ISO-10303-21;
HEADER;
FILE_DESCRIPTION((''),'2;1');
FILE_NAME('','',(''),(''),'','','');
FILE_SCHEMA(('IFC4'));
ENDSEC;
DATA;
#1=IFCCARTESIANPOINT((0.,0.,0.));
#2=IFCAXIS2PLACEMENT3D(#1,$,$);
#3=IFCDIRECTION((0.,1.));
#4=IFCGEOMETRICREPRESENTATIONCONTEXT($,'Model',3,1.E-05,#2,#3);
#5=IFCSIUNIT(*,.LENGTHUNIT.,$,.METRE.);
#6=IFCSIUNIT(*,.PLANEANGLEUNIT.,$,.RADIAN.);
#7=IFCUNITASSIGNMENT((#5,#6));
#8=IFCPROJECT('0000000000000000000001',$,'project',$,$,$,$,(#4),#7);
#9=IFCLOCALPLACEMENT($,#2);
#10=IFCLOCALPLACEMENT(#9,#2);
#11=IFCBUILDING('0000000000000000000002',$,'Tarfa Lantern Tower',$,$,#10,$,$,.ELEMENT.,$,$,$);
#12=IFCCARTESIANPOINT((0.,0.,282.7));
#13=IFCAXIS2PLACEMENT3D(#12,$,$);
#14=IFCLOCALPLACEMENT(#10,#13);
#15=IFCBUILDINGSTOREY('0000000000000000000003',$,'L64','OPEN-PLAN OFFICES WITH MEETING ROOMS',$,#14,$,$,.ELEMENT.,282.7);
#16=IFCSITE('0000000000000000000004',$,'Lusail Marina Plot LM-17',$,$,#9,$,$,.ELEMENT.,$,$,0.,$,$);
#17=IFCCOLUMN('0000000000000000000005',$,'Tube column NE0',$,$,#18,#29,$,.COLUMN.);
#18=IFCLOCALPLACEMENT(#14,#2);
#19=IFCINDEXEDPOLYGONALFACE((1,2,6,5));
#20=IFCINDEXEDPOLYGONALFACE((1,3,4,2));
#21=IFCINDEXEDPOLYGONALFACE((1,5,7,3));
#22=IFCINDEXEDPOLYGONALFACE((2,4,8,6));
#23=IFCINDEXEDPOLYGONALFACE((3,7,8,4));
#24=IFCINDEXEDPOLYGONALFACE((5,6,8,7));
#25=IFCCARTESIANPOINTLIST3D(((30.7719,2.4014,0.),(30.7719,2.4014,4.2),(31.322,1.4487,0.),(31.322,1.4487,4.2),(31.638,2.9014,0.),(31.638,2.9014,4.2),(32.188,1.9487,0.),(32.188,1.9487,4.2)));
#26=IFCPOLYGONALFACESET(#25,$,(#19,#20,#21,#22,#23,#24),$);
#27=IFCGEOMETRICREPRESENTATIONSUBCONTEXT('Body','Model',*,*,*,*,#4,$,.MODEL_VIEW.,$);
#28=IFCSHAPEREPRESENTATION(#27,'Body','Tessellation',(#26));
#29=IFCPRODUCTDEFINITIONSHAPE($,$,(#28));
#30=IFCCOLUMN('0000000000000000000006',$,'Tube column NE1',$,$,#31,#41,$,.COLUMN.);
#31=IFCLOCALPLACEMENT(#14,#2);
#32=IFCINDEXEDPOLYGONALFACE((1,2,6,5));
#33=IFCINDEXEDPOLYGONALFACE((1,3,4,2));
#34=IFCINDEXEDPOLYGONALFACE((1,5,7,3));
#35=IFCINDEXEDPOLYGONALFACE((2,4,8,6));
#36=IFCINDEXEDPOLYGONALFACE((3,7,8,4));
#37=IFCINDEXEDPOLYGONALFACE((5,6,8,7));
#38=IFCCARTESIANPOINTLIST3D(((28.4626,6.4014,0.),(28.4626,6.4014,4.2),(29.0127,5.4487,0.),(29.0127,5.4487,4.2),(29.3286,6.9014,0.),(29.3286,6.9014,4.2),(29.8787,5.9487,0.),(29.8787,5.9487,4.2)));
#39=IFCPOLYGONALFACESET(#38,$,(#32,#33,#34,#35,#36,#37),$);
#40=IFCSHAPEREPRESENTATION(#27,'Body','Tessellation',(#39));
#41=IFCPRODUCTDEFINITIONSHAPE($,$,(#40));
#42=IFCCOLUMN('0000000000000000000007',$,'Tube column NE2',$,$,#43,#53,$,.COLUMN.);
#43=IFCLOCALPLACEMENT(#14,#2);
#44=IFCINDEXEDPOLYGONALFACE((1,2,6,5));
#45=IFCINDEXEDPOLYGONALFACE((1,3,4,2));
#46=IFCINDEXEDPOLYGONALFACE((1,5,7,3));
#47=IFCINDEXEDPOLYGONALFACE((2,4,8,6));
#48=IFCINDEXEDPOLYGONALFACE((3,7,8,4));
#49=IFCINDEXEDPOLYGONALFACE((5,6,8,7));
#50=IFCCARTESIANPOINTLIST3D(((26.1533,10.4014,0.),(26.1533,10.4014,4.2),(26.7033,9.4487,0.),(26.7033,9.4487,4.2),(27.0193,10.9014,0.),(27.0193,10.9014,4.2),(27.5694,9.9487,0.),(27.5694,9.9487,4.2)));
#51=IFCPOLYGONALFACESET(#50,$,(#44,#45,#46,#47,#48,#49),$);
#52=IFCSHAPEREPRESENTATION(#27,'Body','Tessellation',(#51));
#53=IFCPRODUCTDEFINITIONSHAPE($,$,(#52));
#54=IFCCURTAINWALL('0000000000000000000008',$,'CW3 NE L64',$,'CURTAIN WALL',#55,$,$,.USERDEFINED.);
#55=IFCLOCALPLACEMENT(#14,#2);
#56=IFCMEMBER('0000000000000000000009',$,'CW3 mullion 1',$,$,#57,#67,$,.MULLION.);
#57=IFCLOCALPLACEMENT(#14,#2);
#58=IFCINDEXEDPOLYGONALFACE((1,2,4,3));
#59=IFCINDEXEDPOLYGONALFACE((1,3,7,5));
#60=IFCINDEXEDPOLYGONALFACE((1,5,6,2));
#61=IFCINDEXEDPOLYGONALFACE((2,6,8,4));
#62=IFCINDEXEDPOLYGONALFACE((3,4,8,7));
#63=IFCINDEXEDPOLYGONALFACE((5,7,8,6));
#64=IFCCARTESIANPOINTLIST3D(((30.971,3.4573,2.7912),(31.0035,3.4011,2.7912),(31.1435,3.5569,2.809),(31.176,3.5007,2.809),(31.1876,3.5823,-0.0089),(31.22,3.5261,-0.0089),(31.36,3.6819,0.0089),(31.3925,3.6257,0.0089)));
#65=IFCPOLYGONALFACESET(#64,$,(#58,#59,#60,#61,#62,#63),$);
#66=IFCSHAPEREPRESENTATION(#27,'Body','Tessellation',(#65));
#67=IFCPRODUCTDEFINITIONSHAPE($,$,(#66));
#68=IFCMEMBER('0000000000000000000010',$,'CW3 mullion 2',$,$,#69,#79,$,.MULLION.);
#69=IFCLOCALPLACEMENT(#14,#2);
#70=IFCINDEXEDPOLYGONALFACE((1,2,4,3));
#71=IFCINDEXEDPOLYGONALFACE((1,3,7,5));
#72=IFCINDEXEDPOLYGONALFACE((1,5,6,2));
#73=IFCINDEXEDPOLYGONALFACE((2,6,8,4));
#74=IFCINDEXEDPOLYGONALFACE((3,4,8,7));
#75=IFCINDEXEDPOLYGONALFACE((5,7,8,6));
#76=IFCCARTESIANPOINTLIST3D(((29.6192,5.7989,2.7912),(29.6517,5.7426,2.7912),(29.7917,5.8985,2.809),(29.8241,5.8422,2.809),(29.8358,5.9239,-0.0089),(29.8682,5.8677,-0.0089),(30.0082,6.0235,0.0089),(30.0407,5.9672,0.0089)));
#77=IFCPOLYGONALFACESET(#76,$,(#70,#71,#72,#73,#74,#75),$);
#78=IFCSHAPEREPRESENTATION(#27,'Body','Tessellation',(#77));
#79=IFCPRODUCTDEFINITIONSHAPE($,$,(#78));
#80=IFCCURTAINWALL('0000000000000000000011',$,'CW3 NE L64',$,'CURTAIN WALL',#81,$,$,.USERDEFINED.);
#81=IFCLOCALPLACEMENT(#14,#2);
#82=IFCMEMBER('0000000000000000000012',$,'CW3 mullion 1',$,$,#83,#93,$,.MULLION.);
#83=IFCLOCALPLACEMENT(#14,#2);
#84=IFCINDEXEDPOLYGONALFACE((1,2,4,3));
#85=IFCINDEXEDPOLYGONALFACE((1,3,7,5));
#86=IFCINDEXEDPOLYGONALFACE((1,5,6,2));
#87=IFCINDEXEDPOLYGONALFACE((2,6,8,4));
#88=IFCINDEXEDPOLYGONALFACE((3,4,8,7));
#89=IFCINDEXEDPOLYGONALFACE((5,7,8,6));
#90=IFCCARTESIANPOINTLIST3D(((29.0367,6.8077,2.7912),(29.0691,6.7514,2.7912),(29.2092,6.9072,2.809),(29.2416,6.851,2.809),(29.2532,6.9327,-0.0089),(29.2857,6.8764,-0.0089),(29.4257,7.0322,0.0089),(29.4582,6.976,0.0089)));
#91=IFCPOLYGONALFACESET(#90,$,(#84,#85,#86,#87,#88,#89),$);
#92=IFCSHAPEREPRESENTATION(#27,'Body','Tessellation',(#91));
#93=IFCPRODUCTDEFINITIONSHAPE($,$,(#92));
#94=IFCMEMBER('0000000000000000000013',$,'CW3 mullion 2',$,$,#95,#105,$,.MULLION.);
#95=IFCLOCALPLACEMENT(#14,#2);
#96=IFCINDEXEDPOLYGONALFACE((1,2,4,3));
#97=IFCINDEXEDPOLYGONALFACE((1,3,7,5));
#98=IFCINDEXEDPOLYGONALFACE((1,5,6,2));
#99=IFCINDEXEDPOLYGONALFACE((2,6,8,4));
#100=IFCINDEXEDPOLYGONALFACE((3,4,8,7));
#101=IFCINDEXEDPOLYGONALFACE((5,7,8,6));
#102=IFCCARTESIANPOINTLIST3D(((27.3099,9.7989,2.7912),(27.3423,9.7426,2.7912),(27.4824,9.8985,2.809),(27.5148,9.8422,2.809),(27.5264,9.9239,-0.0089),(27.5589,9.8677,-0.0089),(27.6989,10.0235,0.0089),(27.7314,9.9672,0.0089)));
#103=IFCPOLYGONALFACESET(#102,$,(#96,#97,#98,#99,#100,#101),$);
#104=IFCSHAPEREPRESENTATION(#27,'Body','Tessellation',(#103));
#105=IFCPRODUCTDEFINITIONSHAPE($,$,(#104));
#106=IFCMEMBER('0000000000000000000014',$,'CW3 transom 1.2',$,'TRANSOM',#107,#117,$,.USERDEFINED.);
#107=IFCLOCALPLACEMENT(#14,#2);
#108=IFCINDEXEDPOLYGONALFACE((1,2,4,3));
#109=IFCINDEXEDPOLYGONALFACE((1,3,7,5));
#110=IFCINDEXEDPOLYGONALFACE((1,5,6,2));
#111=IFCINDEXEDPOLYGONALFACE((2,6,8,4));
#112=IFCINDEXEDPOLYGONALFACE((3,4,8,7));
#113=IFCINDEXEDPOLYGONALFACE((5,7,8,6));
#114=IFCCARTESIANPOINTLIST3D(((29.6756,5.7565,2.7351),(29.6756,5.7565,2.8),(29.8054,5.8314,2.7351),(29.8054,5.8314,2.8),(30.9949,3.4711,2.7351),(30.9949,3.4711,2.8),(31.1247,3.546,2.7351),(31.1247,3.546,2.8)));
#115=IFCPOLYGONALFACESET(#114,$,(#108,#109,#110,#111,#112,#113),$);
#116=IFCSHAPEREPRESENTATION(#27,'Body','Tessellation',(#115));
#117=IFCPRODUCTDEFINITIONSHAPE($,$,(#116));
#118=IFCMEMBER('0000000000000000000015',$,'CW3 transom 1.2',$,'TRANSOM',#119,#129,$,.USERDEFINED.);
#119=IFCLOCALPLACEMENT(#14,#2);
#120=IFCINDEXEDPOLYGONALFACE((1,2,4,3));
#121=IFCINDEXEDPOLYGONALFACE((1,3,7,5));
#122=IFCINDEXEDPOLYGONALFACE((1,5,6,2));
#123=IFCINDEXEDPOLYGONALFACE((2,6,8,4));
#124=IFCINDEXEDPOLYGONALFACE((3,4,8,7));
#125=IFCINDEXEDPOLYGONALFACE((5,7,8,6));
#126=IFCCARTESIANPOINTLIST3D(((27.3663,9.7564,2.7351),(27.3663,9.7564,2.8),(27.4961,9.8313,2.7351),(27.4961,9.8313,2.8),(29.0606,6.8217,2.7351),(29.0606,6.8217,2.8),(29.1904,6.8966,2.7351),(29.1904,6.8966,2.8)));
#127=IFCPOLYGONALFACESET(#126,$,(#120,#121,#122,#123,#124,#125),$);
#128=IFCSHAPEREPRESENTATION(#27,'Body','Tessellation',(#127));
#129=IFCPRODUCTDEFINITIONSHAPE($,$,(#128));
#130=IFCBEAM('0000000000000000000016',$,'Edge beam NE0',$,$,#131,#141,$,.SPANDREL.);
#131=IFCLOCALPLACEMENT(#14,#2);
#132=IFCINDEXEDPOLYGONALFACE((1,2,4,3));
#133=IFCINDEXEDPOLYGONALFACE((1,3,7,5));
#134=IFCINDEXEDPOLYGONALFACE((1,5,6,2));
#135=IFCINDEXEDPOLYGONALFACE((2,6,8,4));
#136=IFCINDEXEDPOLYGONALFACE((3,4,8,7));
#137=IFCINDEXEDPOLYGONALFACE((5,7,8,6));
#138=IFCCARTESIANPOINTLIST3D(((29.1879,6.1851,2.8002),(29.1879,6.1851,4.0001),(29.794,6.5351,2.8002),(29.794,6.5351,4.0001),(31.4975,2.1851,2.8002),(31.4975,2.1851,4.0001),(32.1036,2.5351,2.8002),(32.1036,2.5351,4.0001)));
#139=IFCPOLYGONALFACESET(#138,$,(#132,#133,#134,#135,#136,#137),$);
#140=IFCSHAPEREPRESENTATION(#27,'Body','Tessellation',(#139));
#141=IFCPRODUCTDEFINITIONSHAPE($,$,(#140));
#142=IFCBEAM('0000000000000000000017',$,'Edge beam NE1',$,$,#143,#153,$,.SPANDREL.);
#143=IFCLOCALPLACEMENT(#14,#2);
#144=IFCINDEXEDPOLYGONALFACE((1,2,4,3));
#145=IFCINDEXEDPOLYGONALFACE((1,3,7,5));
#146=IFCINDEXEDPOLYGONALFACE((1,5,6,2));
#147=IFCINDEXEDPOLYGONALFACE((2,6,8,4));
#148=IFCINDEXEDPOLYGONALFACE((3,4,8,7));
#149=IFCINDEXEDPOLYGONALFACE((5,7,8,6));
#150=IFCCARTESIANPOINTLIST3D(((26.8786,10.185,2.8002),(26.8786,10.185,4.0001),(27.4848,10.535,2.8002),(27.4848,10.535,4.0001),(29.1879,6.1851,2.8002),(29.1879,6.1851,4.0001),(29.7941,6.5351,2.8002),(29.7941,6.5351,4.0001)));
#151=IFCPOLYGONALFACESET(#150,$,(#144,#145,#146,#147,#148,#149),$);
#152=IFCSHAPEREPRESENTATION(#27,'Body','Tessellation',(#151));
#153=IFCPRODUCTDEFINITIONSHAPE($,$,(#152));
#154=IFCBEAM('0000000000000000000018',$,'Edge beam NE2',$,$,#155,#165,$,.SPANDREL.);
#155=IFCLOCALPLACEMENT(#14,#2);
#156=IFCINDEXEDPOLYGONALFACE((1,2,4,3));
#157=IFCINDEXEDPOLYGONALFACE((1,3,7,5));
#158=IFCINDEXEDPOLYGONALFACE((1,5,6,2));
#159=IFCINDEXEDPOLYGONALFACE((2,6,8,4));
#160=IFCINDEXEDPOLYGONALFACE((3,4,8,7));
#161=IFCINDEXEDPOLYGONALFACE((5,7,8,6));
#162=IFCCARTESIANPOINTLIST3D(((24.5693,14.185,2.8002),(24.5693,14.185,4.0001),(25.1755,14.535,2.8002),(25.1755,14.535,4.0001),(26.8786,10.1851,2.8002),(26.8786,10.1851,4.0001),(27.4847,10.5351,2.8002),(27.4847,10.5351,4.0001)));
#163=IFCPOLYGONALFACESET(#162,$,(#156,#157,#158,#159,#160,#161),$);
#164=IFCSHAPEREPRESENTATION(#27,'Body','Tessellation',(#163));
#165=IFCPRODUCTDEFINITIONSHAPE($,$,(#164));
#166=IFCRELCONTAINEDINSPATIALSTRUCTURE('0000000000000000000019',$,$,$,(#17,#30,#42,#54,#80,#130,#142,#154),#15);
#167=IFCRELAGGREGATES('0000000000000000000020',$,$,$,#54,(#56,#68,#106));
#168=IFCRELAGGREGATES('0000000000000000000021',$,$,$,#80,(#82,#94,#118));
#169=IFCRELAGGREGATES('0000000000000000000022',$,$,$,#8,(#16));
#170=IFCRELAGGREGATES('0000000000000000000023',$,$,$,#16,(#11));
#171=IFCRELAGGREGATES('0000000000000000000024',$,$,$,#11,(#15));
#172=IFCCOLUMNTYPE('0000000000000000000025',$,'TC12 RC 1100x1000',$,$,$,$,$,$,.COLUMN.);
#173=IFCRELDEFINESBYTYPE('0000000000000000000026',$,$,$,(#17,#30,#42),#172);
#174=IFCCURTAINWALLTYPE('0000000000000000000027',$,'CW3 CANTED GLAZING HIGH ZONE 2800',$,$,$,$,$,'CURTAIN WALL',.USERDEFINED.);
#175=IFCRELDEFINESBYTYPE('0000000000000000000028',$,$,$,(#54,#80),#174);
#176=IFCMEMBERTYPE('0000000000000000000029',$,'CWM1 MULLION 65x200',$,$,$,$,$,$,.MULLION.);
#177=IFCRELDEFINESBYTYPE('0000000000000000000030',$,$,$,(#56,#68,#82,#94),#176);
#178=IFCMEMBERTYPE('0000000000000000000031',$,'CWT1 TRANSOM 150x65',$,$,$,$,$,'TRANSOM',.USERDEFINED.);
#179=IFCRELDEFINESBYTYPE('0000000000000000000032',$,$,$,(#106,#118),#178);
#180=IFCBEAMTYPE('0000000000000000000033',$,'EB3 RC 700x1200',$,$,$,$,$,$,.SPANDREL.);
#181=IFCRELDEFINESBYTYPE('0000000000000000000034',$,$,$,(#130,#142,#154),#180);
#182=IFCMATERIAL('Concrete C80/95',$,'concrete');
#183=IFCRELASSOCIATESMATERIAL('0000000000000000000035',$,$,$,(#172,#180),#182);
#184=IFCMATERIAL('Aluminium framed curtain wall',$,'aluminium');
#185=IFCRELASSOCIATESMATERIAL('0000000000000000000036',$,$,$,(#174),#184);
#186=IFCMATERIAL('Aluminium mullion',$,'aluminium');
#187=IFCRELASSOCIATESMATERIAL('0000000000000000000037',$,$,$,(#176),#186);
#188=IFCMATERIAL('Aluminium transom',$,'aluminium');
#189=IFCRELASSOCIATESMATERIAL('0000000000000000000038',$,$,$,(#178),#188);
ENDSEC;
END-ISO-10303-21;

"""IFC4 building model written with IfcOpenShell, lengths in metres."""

from ifc_helpers import new_model, si_unit, direction, frame, origin, origin_2d, place, context, subcontext, project, spatial, rectangle, extrude, material, material_profile, profile_set, type_object, element, aggregate, save


model = new_model("IFC4")

# Units and contexts
model_context = context("Model", 3, precision=1e-05, world=origin(), true_north=direction((0.0, 1.0)))
body_context = subcontext(model_context, "Body", "Model", "MODEL_VIEW")
ifc_project = project(units=[si_unit("LENGTHUNIT", "METRE"), si_unit("PLANEANGLEUNIT", "RADIAN")], contexts=[model_context])

# Site, building, storey
site_placement = place(None, origin())
site = spatial("IfcSite", under=ifc_project, at=site_placement, Name="Lusail Marina Plot LM-17", CompositionType="ELEMENT", RefElevation=0.0)
building_placement = place(site_placement, origin())
building = spatial("IfcBuilding", under=site, at=building_placement, Name="Tarfa Lantern Tower", CompositionType="ELEMENT")
storey_placement = place(building_placement, frame((0.0, 0.0, 282.7)))
storey = spatial("IfcBuildingStorey", under=building, at=storey_placement, Name="L64", Description="OPEN-PLAN OFFICES WITH MEETING ROOMS", CompositionType="ELEMENT", Elevation=282.7)

# Columns
ifc_material_1 = material(Name="Concrete C80/95", Category="concrete")
ifc_material_profile_1 = material_profile(ifc_material_1, rectangle(XDim=1.1001, YDim=1.0, at=origin_2d()), Name="RC 1100x1000")
ifc_profile_set_1 = profile_set([ifc_material_profile_1], Name="Concrete C80/95")
column_type = type_object("IfcColumnType", Name="TC12 RC 1100x1000", PredefinedType="COLUMN", material=ifc_profile_set_1)
for number, where, z_axis, x_axis, name in (
    (1, (31.48, 2.175, 0.0), (0.0, 0.0, 1.0), (-0.5, 0.866025, 0.0), "Tube column NE0"),
    (2, (29.1707, 6.175, 0.0), (0.0, 0.0, 1.0), (-0.5, 0.866025, 0.0), "Tube column NE1"),
    (3, (26.8613, 10.175, 0.0), (0.0, 0.0, 1.0), (-0.5, 0.866025, 0.0), "Tube column NE2"),
):
    element("IfcColumn", number, at=place(storey_placement, frame(where, z_axis=z_axis, x_axis=x_axis)), inside=storey, type_object=column_type, Name=name, PredefinedType="COLUMN", context=body_context, shape_type="SweptSolid", body=[
        extrude(rectangle(XDim=1.1001, YDim=1.0, at=origin_2d()), origin(), (0.0, 0.0, 1.0), 4.2),
    ])

# Curtain walls, members
ifc_material_2 = material(Name="Aluminium framed curtain wall", Category="aluminium")
curtain_wall_type = type_object("IfcCurtainWallType", Name="CW3 CANTED GLAZING HIGH ZONE 2800", ElementType="CURTAIN WALL", PredefinedType="USERDEFINED", material=ifc_material_2)
curtain_wall_1_placement = place(storey_placement, origin())
curtain_wall_1 = element("IfcCurtainWall", 4, at=curtain_wall_1_placement, inside=storey, type_object=curtain_wall_type, Name="CW3 NE L64", ObjectType="CURTAIN WALL", PredefinedType="USERDEFINED")
ifc_material_3 = material(Name="Aluminium mullion", Category="aluminium")
ifc_material_profile_2 = material_profile(ifc_material_3, rectangle(XDim=0.0649, YDim=0.2, at=origin_2d()), Name="AL MULLION 65x200")
ifc_profile_set_2 = profile_set([ifc_material_profile_2], Name="Aluminium mullion")
member_type_1 = type_object("IfcMemberType", Name="CWM1 MULLION 65x200", PredefinedType="MULLION", material=ifc_profile_set_2)
member_1_placement = place(storey_placement, frame((31.29, 3.604, 0.0), z_axis=(-0.077032, -0.044465, 0.996037), x_axis=(0.49992, -0.866072, 0.0)))
member_1 = element("IfcMember", 5, at=member_1_placement, type_object=member_type_1, Name="CW3 mullion 1", PredefinedType="MULLION", context=body_context, shape_type="SweptSolid", body=[
    extrude(rectangle(XDim=0.0649, YDim=0.2, at=origin_2d()), origin(), (0.0, 0.0, 1.0), 2.8113),
])
member_2_placement = place(storey_placement, frame((29.9382, 5.9456, 0.0), z_axis=(-0.077032, -0.044465, 0.996037), x_axis=(0.49992, -0.866072, 0.0)))
member_2 = element("IfcMember", 6, at=member_2_placement, type_object=member_type_1, Name="CW3 mullion 2", PredefinedType="MULLION", context=body_context, shape_type="SweptSolid", body=[
    extrude(rectangle(XDim=0.0649, YDim=0.2, at=origin_2d()), origin(), (0.0, 0.0, 1.0), 2.8113),
])
curtain_wall_2_placement = place(storey_placement, origin())
curtain_wall_2 = element("IfcCurtainWall", 7, at=curtain_wall_2_placement, inside=storey, type_object=curtain_wall_type, Name="CW3 NE L64", ObjectType="CURTAIN WALL", PredefinedType="USERDEFINED")
member_3_placement = place(storey_placement, frame((29.3557, 6.9543, 0.0), z_axis=(-0.077032, -0.044465, 0.996037), x_axis=(0.49992, -0.866072, 0.0)))
member_3 = element("IfcMember", 8, at=member_3_placement, type_object=member_type_1, Name="CW3 mullion 1", PredefinedType="MULLION", context=body_context, shape_type="SweptSolid", body=[
    extrude(rectangle(XDim=0.0649, YDim=0.2, at=origin_2d()), origin(), (0.0, 0.0, 1.0), 2.8113),
])
member_4_placement = place(storey_placement, frame((27.6289, 9.9456, 0.0), z_axis=(-0.077032, -0.044465, 0.996037), x_axis=(0.49992, -0.866072, 0.0)))
member_4 = element("IfcMember", 9, at=member_4_placement, type_object=member_type_1, Name="CW3 mullion 2", PredefinedType="MULLION", context=body_context, shape_type="SweptSolid", body=[
    extrude(rectangle(XDim=0.0649, YDim=0.2, at=origin_2d()), origin(), (0.0, 0.0, 1.0), 2.8113),
])

# Members
ifc_material_4 = material(Name="Aluminium transom", Category="aluminium")
ifc_material_profile_3 = material_profile(ifc_material_4, rectangle(XDim=0.1499, YDim=0.0649, at=origin_2d()), Name="AL TRANSOM 150x65")
ifc_profile_set_3 = profile_set([ifc_material_profile_3], Name="Aluminium transom")
member_type_2 = type_object("IfcMemberType", Name="CWT1 TRANSOM 150x65", ElementType="TRANSOM", PredefinedType="USERDEFINED", material=ifc_profile_set_3)
member_5_placement = place(storey_placement, frame((31.0598, 3.5085, 2.7676), z_axis=(-0.49996, 0.866048, 0.0), x_axis=(-0.866048, -0.49996, 0.0)))
member_5 = element("IfcMember", 10, at=member_5_placement, type_object=member_type_2, Name="CW3 transom 1.2", ObjectType="TRANSOM", PredefinedType="USERDEFINED", context=body_context, shape_type="SweptSolid", body=[
    extrude(rectangle(XDim=0.1499, YDim=0.0649, at=origin_2d()), origin(), (0.0, 0.0, 1.0), 2.6389),
])
member_6_placement = place(storey_placement, frame((29.1255, 6.8591, 2.7676), z_axis=(-0.499982, 0.866036, 0.0), x_axis=(-0.866036, -0.499982, 0.0)))
member_6 = element("IfcMember", 11, at=member_6_placement, type_object=member_type_2, Name="CW3 transom 1.2", ObjectType="TRANSOM", PredefinedType="USERDEFINED", context=body_context, shape_type="SweptSolid", body=[
    extrude(rectangle(XDim=0.1499, YDim=0.0649, at=origin_2d()), origin(), (0.0, 0.0, 1.0), 3.3887),
])

# Beams
ifc_material_profile_4 = material_profile(ifc_material_1, rectangle(XDim=0.7, YDim=1.2, at=origin_2d()), Name="RC 700x1200")
ifc_profile_set_4 = profile_set([ifc_material_profile_4], Name="Concrete C80/95")
beam_type_1 = type_object("IfcBeamType", Name="EB3 RC 700x1200", PredefinedType="SPANDREL", material=ifc_profile_set_4)
beam_1_placement = place(storey_placement, frame((31.8005, 2.3601, 3.4001), z_axis=(-0.500027, 0.86601, 0.0), x_axis=(-0.86601, -0.500027, 0.0)))
element("IfcBeam", 12, at=beam_1_placement, inside=storey, type_object=beam_type_1, Name="Edge beam NE0", PredefinedType="SPANDREL", context=body_context, shape_type="SweptSolid", body=[
    extrude(rectangle(XDim=0.7, YDim=1.2, at=origin_2d()), origin(), (0.0, 0.0, 1.0), 4.6189),
])
for number, where, z_axis, x_axis, name in (
    (13, (29.491, 6.3601, 3.4001), (-0.499988, 0.866032, 0.0), (-0.866032, -0.499988, 0.0), "Edge beam NE1"),
    (14, (27.1816, 10.3601, 3.4001), (-0.499988, 0.866032, 0.0), (-0.866032, -0.499988, 0.0), "Edge beam NE2"),
):
    element("IfcBeam", number, at=place(storey_placement, frame(where, z_axis=z_axis, x_axis=x_axis)), inside=storey, type_object=beam_type_1, Name=name, PredefinedType="SPANDREL", context=body_context, shape_type="SweptSolid", body=[
        extrude(rectangle(XDim=0.7, YDim=1.2, at=origin_2d()), origin(), (0.0, 0.0, 1.0), 4.6187),
    ])

aggregate(curtain_wall_1, [member_1, member_2, member_5])
aggregate(curtain_wall_2, [member_3, member_4, member_6])

save(model, "model.ifc")
